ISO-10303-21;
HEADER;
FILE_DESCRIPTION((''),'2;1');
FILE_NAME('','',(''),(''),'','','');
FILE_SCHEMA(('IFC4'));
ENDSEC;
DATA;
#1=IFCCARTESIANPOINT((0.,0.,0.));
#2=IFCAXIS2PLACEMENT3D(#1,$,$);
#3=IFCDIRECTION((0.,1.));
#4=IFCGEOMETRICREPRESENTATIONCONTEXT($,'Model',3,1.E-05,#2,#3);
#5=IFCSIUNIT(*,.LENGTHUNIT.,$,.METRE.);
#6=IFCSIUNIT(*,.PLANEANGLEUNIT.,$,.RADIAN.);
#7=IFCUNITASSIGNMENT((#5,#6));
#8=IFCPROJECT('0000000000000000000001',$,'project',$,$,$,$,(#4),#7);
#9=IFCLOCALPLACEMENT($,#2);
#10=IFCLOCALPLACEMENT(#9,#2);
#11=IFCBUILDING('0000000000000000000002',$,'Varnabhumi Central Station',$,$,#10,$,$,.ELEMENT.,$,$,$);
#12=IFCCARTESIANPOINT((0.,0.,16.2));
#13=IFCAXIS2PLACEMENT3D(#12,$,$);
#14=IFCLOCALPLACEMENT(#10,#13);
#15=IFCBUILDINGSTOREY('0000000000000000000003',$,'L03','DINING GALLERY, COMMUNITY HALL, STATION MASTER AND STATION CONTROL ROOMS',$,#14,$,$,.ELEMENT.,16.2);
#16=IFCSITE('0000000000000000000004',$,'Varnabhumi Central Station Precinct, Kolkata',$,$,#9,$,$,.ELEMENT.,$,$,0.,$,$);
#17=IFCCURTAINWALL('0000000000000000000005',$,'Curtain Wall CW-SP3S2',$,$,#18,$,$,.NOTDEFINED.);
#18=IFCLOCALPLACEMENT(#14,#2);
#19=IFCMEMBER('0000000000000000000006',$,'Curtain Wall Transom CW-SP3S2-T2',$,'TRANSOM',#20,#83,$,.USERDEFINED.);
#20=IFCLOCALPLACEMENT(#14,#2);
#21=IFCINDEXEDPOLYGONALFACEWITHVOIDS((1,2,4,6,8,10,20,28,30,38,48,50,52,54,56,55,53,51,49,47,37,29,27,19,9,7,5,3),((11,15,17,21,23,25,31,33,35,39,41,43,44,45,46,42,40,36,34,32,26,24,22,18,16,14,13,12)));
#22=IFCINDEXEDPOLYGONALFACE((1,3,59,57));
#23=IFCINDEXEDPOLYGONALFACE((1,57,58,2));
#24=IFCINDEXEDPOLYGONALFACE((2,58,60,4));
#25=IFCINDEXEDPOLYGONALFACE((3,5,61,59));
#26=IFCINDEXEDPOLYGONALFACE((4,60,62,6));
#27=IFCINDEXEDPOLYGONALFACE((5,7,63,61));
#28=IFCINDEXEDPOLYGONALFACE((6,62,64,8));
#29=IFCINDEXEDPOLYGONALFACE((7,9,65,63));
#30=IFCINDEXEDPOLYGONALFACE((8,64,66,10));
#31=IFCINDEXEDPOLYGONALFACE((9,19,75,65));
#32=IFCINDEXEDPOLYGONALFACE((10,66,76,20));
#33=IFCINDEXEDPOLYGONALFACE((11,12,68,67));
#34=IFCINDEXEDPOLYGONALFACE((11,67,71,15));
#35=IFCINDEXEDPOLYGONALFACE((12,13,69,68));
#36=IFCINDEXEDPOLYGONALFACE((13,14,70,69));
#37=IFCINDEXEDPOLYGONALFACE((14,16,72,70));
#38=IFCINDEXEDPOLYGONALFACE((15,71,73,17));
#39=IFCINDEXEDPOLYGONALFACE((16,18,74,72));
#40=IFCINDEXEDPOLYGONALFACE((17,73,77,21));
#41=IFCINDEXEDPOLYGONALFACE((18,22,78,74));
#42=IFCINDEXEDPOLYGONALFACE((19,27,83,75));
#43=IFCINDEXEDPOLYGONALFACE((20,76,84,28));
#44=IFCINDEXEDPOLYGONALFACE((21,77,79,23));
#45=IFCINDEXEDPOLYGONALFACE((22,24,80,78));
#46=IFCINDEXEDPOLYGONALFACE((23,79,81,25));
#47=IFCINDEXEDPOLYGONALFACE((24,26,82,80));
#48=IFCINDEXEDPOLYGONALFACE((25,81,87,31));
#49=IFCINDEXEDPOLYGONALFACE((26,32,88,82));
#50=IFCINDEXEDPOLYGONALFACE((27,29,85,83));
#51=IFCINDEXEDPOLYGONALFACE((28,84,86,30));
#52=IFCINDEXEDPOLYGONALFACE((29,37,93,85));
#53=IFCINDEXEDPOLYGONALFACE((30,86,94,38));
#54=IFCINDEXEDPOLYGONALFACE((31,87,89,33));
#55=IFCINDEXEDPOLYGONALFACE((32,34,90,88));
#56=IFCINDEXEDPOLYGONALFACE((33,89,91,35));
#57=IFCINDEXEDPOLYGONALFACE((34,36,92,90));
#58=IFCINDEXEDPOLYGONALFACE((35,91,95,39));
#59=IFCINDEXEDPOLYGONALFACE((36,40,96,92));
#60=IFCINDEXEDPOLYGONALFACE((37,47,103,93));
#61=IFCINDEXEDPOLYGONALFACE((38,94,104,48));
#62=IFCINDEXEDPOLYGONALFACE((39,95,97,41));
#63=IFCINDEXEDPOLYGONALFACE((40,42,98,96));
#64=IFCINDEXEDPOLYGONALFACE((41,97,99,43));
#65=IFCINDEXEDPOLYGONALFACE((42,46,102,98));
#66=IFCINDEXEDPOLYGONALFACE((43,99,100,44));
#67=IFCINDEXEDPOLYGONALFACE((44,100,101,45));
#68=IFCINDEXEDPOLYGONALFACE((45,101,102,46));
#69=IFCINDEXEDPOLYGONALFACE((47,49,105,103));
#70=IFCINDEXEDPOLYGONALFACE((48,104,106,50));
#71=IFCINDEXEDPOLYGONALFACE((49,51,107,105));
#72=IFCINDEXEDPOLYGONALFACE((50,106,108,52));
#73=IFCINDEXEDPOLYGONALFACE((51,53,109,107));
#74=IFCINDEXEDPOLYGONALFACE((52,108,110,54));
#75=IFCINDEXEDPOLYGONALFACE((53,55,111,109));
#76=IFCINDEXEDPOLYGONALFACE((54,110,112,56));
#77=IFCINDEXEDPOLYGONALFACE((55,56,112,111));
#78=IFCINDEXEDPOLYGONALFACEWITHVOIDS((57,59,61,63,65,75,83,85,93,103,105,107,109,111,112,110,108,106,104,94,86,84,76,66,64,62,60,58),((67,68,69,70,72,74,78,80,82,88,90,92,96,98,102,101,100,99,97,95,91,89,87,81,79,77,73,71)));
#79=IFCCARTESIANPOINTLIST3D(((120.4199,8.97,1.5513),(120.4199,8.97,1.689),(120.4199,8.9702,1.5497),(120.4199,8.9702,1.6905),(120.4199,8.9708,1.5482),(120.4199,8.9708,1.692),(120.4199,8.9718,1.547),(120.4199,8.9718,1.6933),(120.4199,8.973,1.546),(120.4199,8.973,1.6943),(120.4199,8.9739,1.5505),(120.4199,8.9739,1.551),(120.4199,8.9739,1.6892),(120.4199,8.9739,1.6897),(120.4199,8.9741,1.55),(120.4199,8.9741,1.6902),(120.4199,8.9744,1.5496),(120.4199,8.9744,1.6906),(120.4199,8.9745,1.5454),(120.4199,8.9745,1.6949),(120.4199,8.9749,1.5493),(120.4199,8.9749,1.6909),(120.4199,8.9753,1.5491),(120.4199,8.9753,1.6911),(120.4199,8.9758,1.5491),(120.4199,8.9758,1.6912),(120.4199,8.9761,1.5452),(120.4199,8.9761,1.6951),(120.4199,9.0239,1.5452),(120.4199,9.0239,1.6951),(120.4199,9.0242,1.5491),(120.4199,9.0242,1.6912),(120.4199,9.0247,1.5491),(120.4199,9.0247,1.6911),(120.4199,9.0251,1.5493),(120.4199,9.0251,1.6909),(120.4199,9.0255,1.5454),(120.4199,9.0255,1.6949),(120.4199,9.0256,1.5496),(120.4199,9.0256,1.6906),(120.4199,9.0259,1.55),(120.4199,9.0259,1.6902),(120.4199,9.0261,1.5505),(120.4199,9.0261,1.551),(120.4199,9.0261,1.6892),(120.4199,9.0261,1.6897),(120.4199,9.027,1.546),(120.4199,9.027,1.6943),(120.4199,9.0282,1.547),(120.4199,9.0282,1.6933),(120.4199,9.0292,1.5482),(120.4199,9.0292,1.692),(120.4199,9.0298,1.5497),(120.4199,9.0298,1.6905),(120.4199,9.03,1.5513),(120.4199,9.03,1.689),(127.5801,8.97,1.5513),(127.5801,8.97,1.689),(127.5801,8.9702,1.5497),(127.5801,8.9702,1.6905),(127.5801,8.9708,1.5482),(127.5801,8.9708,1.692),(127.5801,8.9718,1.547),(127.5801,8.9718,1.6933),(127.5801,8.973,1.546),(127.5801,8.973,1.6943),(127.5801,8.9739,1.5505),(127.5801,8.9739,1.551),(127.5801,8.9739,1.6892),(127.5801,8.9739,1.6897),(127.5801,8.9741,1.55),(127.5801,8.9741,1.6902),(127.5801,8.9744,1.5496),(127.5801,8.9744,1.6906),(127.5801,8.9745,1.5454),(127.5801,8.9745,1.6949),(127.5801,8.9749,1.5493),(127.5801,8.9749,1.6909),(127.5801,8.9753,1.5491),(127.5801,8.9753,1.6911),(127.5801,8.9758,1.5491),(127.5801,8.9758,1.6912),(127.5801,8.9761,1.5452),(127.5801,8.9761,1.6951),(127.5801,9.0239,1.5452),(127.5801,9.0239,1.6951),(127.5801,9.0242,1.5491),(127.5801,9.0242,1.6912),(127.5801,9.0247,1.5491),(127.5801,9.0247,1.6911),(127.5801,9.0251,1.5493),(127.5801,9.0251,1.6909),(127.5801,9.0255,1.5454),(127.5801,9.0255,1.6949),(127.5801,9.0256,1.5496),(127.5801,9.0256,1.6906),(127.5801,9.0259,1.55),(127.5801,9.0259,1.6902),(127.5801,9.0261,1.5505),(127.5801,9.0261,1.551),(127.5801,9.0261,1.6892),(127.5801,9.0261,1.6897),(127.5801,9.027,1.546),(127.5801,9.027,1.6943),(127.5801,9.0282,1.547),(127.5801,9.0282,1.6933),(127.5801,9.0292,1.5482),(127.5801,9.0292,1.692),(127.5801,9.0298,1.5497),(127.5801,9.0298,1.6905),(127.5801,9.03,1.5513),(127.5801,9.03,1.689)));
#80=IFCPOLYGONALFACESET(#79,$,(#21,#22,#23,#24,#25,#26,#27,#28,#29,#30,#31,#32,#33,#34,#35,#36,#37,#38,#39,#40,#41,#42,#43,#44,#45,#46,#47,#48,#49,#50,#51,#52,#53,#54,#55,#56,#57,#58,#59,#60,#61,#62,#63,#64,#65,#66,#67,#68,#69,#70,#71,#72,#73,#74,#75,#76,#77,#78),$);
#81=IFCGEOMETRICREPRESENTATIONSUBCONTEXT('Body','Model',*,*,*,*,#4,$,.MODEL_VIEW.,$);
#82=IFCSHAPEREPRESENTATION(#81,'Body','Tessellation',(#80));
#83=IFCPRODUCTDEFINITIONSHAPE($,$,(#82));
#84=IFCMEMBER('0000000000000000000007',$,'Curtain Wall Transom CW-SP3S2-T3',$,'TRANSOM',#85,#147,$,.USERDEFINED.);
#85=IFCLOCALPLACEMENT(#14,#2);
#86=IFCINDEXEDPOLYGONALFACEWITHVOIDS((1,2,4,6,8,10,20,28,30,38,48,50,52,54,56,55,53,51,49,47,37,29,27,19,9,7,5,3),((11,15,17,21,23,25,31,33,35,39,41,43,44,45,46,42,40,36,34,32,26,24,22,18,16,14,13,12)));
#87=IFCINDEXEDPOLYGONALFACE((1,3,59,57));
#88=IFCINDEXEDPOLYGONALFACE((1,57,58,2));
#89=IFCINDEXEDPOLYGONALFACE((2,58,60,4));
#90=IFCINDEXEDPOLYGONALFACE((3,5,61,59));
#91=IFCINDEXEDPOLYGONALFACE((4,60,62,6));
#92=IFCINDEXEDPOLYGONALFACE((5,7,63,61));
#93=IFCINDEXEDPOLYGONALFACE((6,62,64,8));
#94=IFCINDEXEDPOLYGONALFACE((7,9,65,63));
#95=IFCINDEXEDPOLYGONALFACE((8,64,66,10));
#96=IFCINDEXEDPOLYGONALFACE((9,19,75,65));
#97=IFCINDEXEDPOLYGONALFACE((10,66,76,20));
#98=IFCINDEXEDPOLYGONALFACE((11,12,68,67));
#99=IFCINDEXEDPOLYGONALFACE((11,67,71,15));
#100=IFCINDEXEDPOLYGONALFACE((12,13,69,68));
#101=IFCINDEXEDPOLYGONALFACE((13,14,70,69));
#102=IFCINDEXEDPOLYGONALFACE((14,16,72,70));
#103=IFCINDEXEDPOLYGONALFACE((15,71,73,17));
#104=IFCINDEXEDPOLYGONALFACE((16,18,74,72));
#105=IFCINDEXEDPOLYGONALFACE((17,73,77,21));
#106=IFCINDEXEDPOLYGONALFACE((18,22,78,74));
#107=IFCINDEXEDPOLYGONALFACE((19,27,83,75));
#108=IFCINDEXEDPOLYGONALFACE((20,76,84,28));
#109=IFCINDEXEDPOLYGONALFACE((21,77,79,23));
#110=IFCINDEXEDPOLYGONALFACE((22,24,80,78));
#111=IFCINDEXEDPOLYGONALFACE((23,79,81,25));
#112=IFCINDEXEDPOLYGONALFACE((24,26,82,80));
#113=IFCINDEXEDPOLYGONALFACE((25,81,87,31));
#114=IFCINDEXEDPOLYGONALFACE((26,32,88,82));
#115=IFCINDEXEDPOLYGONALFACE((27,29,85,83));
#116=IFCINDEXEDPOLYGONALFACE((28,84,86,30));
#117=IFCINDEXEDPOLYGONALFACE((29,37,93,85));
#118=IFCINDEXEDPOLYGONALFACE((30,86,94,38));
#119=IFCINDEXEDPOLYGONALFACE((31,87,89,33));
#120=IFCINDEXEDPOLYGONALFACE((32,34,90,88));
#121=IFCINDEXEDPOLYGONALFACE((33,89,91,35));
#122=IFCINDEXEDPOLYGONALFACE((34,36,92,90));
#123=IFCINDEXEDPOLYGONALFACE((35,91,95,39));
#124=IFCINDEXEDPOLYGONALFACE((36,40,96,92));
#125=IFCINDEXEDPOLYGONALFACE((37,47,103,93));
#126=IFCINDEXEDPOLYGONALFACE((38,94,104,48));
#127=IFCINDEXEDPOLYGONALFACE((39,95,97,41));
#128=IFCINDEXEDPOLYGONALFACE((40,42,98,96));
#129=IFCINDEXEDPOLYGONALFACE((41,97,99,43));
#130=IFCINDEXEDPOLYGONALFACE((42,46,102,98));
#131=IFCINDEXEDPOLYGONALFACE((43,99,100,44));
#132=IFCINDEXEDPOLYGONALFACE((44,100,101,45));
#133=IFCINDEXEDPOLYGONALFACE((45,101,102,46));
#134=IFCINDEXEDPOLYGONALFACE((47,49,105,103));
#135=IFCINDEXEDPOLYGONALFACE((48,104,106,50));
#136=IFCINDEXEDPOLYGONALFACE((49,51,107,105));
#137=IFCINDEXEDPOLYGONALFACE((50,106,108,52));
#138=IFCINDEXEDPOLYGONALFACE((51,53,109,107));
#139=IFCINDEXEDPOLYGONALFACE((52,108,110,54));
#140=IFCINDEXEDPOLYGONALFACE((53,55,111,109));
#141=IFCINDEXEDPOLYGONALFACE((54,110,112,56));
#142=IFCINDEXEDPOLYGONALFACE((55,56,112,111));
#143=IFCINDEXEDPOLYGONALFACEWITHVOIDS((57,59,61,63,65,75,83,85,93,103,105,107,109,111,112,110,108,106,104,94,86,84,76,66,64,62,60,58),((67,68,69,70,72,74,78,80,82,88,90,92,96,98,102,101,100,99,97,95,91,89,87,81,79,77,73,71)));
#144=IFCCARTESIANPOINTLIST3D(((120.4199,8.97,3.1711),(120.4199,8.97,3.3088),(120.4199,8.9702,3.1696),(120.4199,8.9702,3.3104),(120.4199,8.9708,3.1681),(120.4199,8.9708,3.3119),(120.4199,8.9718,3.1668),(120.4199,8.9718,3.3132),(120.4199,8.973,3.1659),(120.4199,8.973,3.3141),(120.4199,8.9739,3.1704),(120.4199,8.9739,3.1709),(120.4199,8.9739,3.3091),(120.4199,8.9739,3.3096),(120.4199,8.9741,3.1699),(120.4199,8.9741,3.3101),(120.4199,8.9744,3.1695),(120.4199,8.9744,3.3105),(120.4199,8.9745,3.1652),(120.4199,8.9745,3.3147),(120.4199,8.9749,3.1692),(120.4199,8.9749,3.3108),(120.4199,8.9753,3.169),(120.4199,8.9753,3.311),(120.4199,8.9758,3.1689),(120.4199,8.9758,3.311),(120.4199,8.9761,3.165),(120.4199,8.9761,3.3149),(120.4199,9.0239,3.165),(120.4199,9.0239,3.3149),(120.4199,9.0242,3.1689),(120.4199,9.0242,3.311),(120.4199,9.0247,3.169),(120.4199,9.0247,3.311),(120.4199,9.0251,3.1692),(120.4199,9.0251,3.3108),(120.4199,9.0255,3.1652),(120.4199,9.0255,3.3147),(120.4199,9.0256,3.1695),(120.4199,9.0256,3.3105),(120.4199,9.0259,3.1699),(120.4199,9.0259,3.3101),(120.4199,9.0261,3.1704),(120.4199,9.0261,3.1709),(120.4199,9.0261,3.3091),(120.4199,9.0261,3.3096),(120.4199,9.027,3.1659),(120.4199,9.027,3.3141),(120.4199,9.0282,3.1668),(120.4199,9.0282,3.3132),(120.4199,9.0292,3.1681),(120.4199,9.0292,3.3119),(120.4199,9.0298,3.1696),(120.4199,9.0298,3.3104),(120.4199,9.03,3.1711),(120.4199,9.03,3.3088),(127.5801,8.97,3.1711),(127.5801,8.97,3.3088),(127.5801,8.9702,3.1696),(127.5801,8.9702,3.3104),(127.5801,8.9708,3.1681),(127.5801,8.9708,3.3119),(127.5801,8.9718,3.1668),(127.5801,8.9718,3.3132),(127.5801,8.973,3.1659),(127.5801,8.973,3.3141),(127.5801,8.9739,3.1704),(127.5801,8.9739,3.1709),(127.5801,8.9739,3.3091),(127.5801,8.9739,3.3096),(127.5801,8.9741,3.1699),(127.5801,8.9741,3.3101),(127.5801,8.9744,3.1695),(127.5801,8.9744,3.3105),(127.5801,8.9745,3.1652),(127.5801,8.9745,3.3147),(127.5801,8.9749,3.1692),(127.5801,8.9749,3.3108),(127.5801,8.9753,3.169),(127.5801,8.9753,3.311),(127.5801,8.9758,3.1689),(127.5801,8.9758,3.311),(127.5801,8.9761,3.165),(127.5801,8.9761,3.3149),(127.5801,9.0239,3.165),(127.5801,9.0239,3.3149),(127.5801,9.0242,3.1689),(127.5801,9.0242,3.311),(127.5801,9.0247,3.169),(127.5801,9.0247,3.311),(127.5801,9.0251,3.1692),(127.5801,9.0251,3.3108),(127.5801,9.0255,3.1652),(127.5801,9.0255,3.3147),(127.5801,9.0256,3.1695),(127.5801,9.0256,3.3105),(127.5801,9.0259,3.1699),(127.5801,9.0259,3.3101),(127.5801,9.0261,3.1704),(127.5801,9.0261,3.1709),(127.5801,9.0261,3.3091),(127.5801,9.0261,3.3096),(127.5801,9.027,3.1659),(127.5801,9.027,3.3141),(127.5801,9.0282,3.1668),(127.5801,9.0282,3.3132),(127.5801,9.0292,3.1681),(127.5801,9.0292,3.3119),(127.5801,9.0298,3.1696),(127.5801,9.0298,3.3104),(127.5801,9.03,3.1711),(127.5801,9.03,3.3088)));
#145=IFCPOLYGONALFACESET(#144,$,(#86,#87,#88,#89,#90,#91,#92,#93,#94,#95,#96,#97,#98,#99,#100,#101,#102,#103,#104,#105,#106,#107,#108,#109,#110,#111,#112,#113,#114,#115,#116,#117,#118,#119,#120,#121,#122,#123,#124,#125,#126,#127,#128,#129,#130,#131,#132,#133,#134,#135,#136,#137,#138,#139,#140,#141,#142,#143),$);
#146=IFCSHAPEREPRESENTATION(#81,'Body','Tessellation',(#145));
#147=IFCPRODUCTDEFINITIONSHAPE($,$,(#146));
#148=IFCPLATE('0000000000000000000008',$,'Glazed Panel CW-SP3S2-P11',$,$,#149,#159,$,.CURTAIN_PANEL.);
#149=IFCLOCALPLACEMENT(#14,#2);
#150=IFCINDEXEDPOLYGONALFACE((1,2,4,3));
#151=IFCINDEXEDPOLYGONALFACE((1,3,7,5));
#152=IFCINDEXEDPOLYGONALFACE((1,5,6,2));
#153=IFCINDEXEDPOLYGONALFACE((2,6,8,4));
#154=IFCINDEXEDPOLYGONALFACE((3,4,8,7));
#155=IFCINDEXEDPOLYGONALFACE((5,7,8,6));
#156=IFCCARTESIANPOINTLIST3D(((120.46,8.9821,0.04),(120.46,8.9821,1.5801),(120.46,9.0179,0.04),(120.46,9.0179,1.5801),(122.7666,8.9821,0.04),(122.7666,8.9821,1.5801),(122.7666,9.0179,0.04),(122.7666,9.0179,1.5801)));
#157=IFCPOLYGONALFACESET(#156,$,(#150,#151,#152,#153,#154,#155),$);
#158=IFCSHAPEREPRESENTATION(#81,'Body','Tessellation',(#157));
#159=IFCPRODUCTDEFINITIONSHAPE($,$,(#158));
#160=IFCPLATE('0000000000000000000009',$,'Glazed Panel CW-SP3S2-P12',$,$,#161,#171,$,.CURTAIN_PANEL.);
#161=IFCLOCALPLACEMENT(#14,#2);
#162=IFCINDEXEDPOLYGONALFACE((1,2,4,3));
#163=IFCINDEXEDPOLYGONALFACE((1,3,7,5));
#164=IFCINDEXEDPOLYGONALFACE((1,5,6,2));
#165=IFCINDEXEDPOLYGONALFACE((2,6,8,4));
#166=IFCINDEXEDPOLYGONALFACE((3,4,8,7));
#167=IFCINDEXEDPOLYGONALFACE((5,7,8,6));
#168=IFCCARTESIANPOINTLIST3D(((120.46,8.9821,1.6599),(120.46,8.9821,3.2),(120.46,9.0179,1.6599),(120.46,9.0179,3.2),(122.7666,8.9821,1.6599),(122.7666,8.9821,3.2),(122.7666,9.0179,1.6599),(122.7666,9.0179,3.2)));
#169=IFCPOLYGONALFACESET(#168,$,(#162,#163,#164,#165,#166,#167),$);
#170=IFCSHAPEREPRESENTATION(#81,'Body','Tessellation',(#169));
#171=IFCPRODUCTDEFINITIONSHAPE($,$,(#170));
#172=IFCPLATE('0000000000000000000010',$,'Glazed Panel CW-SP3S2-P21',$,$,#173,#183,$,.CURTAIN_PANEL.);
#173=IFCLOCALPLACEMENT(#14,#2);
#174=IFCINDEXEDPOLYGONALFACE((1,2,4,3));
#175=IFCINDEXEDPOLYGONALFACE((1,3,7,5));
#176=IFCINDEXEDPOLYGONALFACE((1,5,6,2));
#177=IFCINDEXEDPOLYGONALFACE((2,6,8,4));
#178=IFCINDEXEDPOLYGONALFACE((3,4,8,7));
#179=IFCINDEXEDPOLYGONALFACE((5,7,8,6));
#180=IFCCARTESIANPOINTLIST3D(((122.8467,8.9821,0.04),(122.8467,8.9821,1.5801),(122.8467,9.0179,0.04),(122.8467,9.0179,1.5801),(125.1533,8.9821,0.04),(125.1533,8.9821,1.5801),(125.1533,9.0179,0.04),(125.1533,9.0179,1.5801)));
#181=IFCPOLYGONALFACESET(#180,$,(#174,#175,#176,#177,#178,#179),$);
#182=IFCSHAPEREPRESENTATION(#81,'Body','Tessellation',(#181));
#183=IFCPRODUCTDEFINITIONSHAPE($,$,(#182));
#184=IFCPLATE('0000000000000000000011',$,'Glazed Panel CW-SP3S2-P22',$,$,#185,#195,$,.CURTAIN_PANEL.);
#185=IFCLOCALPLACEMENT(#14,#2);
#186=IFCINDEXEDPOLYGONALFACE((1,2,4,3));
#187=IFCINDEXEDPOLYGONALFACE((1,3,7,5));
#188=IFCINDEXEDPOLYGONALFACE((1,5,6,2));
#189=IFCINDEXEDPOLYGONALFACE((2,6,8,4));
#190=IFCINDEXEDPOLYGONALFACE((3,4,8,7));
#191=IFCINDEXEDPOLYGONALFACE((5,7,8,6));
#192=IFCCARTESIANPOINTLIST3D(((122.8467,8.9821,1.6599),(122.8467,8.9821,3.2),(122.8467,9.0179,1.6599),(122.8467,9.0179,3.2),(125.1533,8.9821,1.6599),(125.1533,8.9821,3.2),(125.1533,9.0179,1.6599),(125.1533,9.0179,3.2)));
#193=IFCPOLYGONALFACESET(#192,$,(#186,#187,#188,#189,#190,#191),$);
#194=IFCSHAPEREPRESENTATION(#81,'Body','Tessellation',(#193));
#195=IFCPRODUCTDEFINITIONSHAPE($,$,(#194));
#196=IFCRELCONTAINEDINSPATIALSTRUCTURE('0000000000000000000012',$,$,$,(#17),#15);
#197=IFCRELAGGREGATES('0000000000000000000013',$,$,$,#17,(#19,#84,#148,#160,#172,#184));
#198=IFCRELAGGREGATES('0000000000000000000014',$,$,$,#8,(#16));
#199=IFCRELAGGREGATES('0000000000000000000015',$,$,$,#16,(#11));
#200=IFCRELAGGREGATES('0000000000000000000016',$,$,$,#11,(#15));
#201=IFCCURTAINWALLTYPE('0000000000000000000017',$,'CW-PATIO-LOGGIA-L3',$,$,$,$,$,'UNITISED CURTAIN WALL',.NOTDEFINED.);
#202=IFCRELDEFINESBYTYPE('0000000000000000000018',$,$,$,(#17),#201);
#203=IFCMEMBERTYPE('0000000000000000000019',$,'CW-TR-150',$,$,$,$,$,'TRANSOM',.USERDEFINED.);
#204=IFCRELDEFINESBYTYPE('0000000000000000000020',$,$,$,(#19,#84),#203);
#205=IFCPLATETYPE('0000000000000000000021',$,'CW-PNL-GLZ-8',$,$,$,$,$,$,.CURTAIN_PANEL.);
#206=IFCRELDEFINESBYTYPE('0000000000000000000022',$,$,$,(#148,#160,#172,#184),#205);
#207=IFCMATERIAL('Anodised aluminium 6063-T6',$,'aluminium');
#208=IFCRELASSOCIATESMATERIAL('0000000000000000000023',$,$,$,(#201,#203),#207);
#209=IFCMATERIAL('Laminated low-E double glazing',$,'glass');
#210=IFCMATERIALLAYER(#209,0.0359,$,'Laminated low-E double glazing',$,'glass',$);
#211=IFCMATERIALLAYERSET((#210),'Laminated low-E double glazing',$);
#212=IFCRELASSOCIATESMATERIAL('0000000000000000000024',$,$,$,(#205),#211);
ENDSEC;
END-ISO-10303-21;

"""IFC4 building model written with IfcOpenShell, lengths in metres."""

from ifc_helpers import new_model, si_unit, direction, frame, origin, origin_2d, place, context, subcontext, project, spatial, rectangle, hollow_rectangle, extrude, material, layer, layer_set, material_profile, profile_set, type_object, element, aggregate, save


model = new_model("IFC4")

# Units and contexts
model_context = context("Model", 3, precision=1e-05, world=origin(), true_north=direction((0.0, 1.0)))
body_context = subcontext(model_context, "Body", "Model", "MODEL_VIEW")
ifc_project = project(units=[si_unit("LENGTHUNIT", "METRE"), si_unit("PLANEANGLEUNIT", "RADIAN")], contexts=[model_context])

# Site, building, storey
site_placement = place(None, origin())
site = spatial("IfcSite", under=ifc_project, at=site_placement, Name="Varnabhumi Central Station Precinct, Kolkata", CompositionType="ELEMENT", RefElevation=0.0)
building_placement = place(site_placement, origin())
building = spatial("IfcBuilding", under=site, at=building_placement, Name="Varnabhumi Central Station", CompositionType="ELEMENT")
storey_placement = place(building_placement, frame((0.0, 0.0, 16.2)))
storey = spatial("IfcBuildingStorey", under=building, at=storey_placement, Name="L03", Description="DINING GALLERY, COMMUNITY HALL, STATION MASTER AND STATION CONTROL ROOMS", CompositionType="ELEMENT", Elevation=16.2)

# Shared definitions
ifc_material_1 = material(Name="Anodised aluminium 6063-T6", Category="aluminium")
curtain_wall_type = type_object("IfcCurtainWallType", Name="CW-PATIO-LOGGIA-L3", ElementType="UNITISED CURTAIN WALL", PredefinedType="NOTDEFINED", material=ifc_material_1)

# Curtain wall, members, plates
curtain_wall_1_placement = place(storey_placement, origin())
curtain_wall_1 = element("IfcCurtainWall", 1, at=curtain_wall_1_placement, inside=storey, type_object=curtain_wall_type, Name="Curtain Wall CW-SP3S2", PredefinedType="NOTDEFINED")
ifc_material_profile_1 = material_profile(ifc_material_1, hollow_rectangle(XDim=0.0601, YDim=0.1499, WallThickness=0.0039, InnerFilletRadius=0.002, OuterFilletRadius=0.0061, at=origin_2d()), Name="Anodised aluminium 6063-T6", Category="aluminium")
ifc_profile_set_1 = profile_set([ifc_material_profile_1], Name="Anodised aluminium 6063-T6")
member_type_1 = type_object("IfcMemberType", Name="CW-TR-150", ElementType="TRANSOM", PredefinedType="USERDEFINED", material=ifc_profile_set_1)
member_1_placement = place(storey_placement, frame((120.4199, 9.0, 1.6201), z_axis=(1.0, 0.0, 0.0), x_axis=(0.0, 1.0, 0.0)))
member_1 = element("IfcMember", 2, at=member_1_placement, type_object=member_type_1, Name="Curtain Wall Transom CW-SP3S2-T2", ObjectType="TRANSOM", PredefinedType="USERDEFINED", context=body_context, shape_type="SweptSolid", body=[
    extrude(hollow_rectangle(XDim=0.0601, YDim=0.1499, WallThickness=0.0039, InnerFilletRadius=0.002, OuterFilletRadius=0.0061, at=origin_2d()), origin(), (0.0, 0.0, 1.0), 7.1602),
])
member_2_placement = place(storey_placement, frame((120.4199, 9.0, 3.24), z_axis=(1.0, 0.0, 0.0), x_axis=(0.0, 1.0, 0.0)))
member_2 = element("IfcMember", 3, at=member_2_placement, type_object=member_type_1, Name="Curtain Wall Transom CW-SP3S2-T3", ObjectType="TRANSOM", PredefinedType="USERDEFINED", context=body_context, shape_type="SweptSolid", body=[
    extrude(hollow_rectangle(XDim=0.0601, YDim=0.1499, WallThickness=0.0039, InnerFilletRadius=0.002, OuterFilletRadius=0.0061, at=origin_2d()), origin(), (0.0, 0.0, 1.0), 7.1602),
])
ifc_material_2 = material(Name="Laminated low-E double glazing", Category="glass")
ifc_layer_1 = layer(ifc_material_2, 0.0359, Name="Laminated low-E double glazing", Category="glass")
ifc_layer_set_1 = layer_set([ifc_layer_1], Name="Laminated low-E double glazing")
plate_type_1 = type_object("IfcPlateType", Name="CW-PNL-GLZ-8", PredefinedType="CURTAIN_PANEL", material=ifc_layer_set_1)
plate_1_placement = place(storey_placement, frame((121.6133, 9.0, 0.04), z_axis=(0.0, 0.0, 1.0), x_axis=(1.0, 0.0, 0.0)))
plate_1 = element("IfcPlate", 4, at=plate_1_placement, type_object=plate_type_1, Name="Glazed Panel CW-SP3S2-P11", PredefinedType="CURTAIN_PANEL", context=body_context, shape_type="SweptSolid", body=[
    extrude(rectangle(XDim=2.3066, YDim=0.0359, at=origin_2d()), origin(), (0.0, 0.0, 1.0), 1.54),
])
plate_2_placement = place(storey_placement, frame((121.6133, 9.0, 1.6599), z_axis=(0.0, 0.0, 1.0), x_axis=(1.0, 0.0, 0.0)))
plate_2 = element("IfcPlate", 5, at=plate_2_placement, type_object=plate_type_1, Name="Glazed Panel CW-SP3S2-P12", PredefinedType="CURTAIN_PANEL", context=body_context, shape_type="SweptSolid", body=[
    extrude(rectangle(XDim=2.3066, YDim=0.0359, at=origin_2d()), origin(), (0.0, 0.0, 1.0), 1.54),
])
plate_3_placement = place(storey_placement, frame((124.0, 9.0, 0.04), z_axis=(0.0, 0.0, 1.0), x_axis=(1.0, 0.0, 0.0)))
plate_3 = element("IfcPlate", 6, at=plate_3_placement, type_object=plate_type_1, Name="Glazed Panel CW-SP3S2-P21", PredefinedType="CURTAIN_PANEL", context=body_context, shape_type="SweptSolid", body=[
    extrude(rectangle(XDim=2.3066, YDim=0.0359, at=origin_2d()), origin(), (0.0, 0.0, 1.0), 1.54),
])
plate_4_placement = place(storey_placement, frame((124.0, 9.0, 1.6599), z_axis=(0.0, 0.0, 1.0), x_axis=(1.0, 0.0, 0.0)))
plate_4 = element("IfcPlate", 7, at=plate_4_placement, type_object=plate_type_1, Name="Glazed Panel CW-SP3S2-P22", PredefinedType="CURTAIN_PANEL", context=body_context, shape_type="SweptSolid", body=[
    extrude(rectangle(XDim=2.3066, YDim=0.0359, at=origin_2d()), origin(), (0.0, 0.0, 1.0), 1.54),
])
aggregate(curtain_wall_1, [member_1, member_2, plate_1, plate_2, plate_3, plate_4])

save(model, "model.ifc")
